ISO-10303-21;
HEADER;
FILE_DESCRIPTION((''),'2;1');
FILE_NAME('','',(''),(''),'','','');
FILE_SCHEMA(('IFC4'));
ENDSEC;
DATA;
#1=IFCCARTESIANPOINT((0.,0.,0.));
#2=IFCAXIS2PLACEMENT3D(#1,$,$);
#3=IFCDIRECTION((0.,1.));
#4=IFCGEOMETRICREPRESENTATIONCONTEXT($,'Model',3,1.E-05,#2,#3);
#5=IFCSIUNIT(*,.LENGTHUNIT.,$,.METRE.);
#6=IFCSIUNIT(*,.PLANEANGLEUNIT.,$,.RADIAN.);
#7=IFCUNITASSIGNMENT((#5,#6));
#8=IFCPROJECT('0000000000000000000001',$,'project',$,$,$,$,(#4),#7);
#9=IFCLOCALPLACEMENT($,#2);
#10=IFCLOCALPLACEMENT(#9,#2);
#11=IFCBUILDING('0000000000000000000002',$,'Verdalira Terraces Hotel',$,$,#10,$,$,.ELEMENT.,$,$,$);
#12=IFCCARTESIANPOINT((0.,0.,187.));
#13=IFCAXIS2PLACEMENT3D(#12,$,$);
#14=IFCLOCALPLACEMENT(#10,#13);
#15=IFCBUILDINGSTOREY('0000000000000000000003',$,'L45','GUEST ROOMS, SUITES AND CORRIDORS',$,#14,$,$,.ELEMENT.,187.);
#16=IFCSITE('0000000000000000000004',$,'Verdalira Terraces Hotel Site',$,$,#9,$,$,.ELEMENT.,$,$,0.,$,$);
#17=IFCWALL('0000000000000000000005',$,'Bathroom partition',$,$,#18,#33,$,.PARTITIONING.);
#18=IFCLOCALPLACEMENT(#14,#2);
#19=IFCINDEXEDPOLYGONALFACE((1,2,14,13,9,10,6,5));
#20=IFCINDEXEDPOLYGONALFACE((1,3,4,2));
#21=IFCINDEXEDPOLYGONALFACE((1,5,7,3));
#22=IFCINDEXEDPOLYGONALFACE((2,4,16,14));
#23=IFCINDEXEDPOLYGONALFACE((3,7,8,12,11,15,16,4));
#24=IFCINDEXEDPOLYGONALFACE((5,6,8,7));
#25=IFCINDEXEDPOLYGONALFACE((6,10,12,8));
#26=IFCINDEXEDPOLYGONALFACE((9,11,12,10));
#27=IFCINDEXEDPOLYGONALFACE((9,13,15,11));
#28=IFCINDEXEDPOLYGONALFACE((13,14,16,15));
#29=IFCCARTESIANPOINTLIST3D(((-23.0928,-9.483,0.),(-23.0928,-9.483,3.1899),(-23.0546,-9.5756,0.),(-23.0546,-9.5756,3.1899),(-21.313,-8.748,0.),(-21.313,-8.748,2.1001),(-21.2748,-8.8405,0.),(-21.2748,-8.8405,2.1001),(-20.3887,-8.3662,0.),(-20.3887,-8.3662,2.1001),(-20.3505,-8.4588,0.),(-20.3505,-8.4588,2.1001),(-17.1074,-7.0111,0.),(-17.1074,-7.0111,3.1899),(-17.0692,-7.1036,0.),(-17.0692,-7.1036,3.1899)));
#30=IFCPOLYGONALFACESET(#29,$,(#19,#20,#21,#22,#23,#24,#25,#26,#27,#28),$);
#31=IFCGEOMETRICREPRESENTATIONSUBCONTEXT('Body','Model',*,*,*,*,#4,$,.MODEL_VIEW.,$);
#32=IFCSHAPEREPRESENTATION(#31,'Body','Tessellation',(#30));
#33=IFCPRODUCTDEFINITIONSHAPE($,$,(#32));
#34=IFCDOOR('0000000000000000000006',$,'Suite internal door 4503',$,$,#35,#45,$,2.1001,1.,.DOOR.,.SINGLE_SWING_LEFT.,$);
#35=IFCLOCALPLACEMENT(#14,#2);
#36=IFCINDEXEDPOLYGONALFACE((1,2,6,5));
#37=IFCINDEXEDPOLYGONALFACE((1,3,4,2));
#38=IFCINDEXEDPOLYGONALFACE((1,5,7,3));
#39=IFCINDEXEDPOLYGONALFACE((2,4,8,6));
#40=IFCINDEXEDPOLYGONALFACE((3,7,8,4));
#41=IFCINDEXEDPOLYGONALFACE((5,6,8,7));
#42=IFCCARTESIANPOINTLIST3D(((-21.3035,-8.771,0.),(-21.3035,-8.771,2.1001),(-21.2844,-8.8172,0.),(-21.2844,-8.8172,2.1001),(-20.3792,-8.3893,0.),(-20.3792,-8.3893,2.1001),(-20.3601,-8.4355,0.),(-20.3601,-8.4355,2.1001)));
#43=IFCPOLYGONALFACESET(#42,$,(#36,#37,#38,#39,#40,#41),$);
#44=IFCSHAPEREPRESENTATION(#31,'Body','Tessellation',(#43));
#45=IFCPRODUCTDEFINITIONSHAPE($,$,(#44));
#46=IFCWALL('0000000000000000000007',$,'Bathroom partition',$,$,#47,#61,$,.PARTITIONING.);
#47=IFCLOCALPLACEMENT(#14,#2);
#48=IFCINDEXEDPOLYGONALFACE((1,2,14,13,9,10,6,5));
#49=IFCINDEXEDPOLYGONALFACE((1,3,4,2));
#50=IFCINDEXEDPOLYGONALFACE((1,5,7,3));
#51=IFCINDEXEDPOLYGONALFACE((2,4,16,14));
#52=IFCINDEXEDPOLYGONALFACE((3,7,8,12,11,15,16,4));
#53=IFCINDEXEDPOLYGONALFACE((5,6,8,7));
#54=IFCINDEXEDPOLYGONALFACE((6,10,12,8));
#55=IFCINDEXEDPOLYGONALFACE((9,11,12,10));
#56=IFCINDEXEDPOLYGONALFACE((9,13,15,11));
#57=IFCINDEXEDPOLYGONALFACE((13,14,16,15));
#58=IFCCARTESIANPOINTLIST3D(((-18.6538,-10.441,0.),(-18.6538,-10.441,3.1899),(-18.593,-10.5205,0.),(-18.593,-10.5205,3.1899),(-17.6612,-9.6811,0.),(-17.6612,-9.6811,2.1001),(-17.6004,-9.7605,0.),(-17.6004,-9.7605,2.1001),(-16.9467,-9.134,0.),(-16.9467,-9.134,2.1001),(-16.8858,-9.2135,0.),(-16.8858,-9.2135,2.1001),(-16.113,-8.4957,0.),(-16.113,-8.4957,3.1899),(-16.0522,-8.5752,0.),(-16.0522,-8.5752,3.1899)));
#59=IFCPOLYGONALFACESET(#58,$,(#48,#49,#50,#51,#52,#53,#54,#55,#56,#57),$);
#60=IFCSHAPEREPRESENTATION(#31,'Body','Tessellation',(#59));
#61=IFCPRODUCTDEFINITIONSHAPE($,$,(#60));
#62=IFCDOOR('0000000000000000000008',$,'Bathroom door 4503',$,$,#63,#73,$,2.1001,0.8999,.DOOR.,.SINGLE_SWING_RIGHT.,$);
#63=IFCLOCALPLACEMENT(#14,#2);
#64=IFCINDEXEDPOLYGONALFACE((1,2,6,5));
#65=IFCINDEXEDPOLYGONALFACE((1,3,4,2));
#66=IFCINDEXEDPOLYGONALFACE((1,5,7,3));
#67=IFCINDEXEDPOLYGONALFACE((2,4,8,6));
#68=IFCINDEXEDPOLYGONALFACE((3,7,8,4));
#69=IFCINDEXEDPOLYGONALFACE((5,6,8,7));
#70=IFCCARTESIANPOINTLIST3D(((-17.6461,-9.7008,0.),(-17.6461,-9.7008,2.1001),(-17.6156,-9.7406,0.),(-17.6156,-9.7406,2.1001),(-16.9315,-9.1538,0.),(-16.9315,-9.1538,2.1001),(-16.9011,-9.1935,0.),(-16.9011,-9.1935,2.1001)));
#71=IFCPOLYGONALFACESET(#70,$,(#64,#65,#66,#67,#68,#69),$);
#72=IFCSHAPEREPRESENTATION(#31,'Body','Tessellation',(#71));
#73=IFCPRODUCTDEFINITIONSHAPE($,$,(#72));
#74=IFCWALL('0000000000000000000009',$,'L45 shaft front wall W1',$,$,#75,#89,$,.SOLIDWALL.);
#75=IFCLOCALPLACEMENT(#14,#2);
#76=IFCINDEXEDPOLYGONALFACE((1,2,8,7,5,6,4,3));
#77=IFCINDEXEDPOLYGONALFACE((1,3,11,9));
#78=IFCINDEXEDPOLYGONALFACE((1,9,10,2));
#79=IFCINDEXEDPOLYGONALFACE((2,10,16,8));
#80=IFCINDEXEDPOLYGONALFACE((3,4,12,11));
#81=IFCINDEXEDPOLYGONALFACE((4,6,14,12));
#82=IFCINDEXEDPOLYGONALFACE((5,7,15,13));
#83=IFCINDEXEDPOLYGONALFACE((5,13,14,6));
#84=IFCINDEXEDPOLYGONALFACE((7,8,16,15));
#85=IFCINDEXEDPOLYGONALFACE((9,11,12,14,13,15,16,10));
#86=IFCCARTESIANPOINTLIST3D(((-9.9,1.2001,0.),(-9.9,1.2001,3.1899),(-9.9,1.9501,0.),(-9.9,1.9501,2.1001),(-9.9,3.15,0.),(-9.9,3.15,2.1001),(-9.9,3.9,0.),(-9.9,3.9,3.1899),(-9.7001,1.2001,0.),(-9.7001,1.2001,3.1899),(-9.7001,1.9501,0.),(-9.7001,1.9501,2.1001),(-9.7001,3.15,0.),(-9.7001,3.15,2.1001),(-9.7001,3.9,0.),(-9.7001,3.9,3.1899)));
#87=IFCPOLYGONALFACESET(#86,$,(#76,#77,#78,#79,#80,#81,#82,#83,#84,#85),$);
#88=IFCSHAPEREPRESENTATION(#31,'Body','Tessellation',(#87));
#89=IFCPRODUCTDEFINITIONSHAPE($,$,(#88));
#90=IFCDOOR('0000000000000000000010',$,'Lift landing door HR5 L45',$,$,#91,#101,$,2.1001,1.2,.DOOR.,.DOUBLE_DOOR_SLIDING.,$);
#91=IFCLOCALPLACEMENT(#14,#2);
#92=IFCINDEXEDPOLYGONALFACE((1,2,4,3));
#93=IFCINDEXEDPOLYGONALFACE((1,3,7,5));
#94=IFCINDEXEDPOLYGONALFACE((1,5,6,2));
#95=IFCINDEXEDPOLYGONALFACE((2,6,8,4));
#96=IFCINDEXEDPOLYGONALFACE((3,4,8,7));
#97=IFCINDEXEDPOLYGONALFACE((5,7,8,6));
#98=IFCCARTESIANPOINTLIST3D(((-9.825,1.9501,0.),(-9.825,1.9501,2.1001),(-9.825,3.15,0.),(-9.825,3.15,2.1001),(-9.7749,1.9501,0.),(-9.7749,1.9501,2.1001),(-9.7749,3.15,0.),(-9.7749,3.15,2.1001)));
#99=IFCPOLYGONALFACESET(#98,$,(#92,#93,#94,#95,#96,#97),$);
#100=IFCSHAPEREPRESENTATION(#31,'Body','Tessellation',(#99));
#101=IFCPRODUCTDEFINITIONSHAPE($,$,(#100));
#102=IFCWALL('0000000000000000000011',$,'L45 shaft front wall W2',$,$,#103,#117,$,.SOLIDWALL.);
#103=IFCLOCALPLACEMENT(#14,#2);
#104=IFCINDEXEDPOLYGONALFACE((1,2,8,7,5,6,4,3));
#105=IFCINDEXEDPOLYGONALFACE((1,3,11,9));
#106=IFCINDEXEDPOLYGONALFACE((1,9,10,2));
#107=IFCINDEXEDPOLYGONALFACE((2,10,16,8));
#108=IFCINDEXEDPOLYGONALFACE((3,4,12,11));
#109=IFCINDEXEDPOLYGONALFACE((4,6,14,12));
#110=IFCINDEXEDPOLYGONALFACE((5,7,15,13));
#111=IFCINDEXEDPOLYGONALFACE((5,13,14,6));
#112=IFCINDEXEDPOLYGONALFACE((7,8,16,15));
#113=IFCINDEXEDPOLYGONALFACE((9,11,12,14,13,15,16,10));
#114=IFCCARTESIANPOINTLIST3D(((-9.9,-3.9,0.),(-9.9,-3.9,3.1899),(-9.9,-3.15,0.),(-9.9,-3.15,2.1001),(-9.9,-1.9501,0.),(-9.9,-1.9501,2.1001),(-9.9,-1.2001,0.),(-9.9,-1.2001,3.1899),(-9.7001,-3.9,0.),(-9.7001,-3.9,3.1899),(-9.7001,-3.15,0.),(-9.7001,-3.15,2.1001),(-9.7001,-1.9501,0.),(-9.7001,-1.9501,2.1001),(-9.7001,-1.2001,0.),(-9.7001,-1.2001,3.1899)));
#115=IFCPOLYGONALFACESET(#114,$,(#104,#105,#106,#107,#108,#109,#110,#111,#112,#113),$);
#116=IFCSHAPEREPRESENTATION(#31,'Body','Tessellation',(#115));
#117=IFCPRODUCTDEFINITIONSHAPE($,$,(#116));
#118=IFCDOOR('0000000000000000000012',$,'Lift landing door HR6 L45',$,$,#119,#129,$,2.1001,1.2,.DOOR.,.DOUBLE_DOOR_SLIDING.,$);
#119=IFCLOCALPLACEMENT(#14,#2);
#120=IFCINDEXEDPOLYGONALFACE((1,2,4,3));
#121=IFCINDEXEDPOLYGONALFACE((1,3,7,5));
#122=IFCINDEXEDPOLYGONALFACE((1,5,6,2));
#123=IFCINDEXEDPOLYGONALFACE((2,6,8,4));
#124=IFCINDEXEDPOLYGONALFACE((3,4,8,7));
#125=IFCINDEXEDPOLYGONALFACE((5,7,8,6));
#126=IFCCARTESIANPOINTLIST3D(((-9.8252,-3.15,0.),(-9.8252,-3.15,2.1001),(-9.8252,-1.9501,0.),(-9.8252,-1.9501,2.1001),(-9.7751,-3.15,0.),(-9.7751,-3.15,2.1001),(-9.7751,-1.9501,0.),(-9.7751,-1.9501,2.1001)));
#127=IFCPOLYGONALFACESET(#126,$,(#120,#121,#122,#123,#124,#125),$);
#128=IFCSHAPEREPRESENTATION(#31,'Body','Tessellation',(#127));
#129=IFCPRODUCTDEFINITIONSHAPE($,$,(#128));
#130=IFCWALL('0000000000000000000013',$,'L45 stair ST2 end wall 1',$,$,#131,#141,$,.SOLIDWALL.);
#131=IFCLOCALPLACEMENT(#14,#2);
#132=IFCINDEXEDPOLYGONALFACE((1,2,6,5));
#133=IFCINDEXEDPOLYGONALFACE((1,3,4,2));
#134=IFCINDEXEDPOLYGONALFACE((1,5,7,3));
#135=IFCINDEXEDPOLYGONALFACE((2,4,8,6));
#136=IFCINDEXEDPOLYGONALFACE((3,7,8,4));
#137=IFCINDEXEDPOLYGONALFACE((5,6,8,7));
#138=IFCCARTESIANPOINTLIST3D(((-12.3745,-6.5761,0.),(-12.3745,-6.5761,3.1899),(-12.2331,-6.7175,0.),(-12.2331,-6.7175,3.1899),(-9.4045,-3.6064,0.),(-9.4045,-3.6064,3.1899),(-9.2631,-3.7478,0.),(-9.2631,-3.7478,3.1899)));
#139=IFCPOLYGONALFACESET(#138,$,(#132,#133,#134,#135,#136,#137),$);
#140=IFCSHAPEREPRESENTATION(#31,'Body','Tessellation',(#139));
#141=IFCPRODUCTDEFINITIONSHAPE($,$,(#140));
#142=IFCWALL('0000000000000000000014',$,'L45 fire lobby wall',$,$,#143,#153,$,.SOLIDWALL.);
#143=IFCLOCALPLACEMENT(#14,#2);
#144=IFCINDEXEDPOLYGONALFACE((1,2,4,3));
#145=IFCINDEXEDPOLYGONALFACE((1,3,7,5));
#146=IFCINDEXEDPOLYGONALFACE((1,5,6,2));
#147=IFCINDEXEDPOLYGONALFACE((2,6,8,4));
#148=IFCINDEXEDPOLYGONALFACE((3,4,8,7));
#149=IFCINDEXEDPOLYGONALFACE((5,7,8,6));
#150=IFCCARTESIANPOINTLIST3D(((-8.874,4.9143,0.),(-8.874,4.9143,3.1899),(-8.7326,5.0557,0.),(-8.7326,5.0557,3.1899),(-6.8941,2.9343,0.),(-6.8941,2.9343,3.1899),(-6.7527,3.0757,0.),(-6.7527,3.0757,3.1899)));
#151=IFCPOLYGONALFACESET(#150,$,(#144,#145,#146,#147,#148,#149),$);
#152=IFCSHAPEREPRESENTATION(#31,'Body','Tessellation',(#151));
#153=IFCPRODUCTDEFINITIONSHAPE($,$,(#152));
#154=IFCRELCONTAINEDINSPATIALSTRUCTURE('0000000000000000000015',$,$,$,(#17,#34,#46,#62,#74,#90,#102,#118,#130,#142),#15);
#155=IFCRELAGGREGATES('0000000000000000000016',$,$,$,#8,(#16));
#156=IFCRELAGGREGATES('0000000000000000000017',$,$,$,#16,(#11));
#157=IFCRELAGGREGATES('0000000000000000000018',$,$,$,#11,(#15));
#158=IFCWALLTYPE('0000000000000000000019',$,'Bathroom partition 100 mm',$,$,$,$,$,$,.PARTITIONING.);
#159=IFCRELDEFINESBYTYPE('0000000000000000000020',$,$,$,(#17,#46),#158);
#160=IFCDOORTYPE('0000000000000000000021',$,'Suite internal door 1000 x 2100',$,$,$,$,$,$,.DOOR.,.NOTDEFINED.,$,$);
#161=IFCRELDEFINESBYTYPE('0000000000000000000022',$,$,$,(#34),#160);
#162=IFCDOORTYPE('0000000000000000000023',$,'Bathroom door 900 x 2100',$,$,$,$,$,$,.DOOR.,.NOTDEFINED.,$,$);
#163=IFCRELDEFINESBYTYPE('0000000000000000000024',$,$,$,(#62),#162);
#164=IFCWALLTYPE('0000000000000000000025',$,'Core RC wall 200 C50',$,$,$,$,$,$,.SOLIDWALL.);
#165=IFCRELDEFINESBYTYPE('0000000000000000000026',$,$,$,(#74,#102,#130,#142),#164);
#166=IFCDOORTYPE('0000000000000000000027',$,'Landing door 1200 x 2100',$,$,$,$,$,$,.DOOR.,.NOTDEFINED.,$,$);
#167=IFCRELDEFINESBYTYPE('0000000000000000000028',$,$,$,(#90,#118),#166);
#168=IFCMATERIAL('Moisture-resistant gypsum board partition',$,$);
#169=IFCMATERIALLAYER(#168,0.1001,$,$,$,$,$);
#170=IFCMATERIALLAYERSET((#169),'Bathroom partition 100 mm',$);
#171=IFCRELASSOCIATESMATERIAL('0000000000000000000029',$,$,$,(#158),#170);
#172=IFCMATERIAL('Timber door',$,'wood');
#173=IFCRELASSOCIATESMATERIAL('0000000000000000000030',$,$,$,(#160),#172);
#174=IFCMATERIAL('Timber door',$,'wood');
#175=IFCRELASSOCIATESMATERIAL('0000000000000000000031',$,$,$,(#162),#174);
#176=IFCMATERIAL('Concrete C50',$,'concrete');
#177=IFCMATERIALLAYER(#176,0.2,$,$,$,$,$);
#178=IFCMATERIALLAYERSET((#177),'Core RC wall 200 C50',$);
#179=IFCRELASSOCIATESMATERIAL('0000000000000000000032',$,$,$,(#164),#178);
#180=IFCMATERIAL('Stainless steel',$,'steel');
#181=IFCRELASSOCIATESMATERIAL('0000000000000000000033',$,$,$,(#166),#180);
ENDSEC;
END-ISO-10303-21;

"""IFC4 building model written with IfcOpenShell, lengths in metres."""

from ifc_helpers import new_model, si_unit, direction, frame, frame_2d, origin, place, context, subcontext, project, spatial, rectangle, extrude, material, layer, layer_set, type_object, element, fill, save


model = new_model("IFC4")

# Units and contexts
model_context = context("Model", 3, precision=1e-05, world=origin(), true_north=direction((0.0, 1.0)))
body_context = subcontext(model_context, "Body", "Model", "MODEL_VIEW")
ifc_project = project(units=[si_unit("LENGTHUNIT", "METRE"), si_unit("PLANEANGLEUNIT", "RADIAN")], contexts=[model_context])

# Site, building, storey
site_placement = place(None, origin())
site = spatial("IfcSite", under=ifc_project, at=site_placement, Name="Verdalira Terraces Hotel Site", CompositionType="ELEMENT", RefElevation=0.0)
building_placement = place(site_placement, origin())
building = spatial("IfcBuilding", under=site, at=building_placement, Name="Verdalira Terraces Hotel", CompositionType="ELEMENT")
storey_placement = place(building_placement, frame((0.0, 0.0, 187.0)))
storey = spatial("IfcBuildingStorey", under=building, at=storey_placement, Name="L45", Description="GUEST ROOMS, SUITES AND CORRIDORS", CompositionType="ELEMENT", Elevation=187.0)

# Walls, openings, doors
ifc_material_1 = material(Name="Moisture-resistant gypsum board partition")
ifc_layer_1 = layer(ifc_material_1, 0.1001)
ifc_layer_set_1 = layer_set([ifc_layer_1], Name="Bathroom partition 100 mm")
wall_type_1 = type_object("IfcWallType", Name="Bathroom partition 100 mm", PredefinedType="PARTITIONING", material=ifc_layer_set_1)
wall_1_placement = place(storey_placement, frame((-17.0884, -7.0574, 0.0), z_axis=(0.0, 0.0, 1.0), x_axis=(-0.924277, -0.381722, 0.0)))
wall_1 = element("IfcWall", 1, at=wall_1_placement, inside=storey, type_object=wall_type_1, Name="Bathroom partition", PredefinedType="PARTITIONING", context=body_context, shape_type="SweptSolid", body=[
    extrude(rectangle(XDim=6.4758, YDim=0.1001, at=frame_2d((3.2378, 0.0))), origin(), (0.0, 0.0, 1.0), 3.1899),
])
opening_1_placement = place(wall_1_placement, frame((3.55, 0.0, 0.0)))
opening_1 = element("IfcOpeningElement", 2, at=opening_1_placement, cuts=wall_1, PredefinedType="OPENING", context=body_context, shape_type="SweptSolid", body=[
    extrude(rectangle(XDim=1.0, YDim=2.1001, at=frame_2d((0.5, 1.05))), frame((0.0, 0.0601, 0.0), z_axis=(0.0, -1.0, 0.0), x_axis=(1.0, 0.0, 0.0)), (0.0, 0.0, 1.0), 0.1201),
])
ifc_material_2 = material(Name="Timber door", Category="wood")
door_type_1 = type_object("IfcDoorType", Name="Suite internal door 1000 x 2100", OperationType="NOTDEFINED", PredefinedType="DOOR", material=ifc_material_2)
door_1_placement = place(opening_1_placement, origin())
door_1 = element("IfcDoor", 3, at=door_1_placement, inside=storey, type_object=door_type_1, Name="Suite internal door 4503", OperationType="SINGLE_SWING_LEFT", OverallHeight=2.1001, OverallWidth=1.0, PredefinedType="DOOR", context=body_context, shape_type="SweptSolid", body=[
    extrude(rectangle(XDim=1.0, YDim=2.1001, at=frame_2d((0.5, 1.05))), frame((0.0, 0.0249, 0.0), z_axis=(0.0, -1.0, 0.0), x_axis=(1.0, 0.0, 0.0)), (0.0, 0.0, 1.0), 0.05),
])
fill(opening_1, door_1)
wall_2_placement = place(storey_placement, frame((-16.0825, -8.5354, 0.0), z_axis=(0.0, 0.0, 1.0), x_axis=(-0.794, -0.607917, 0.0)))
wall_2 = element("IfcWall", 4, at=wall_2_placement, inside=storey, type_object=wall_type_1, Name="Bathroom partition", PredefinedType="PARTITIONING", context=body_context, shape_type="SweptSolid", body=[
    extrude(rectangle(XDim=3.2, YDim=0.1001, at=frame_2d((1.6001, 0.0))), origin(), (0.0, 0.0, 1.0), 3.1899),
])
opening_2_placement = place(wall_2_placement, frame((1.05, 0.0, 0.0)))
opening_2 = element("IfcOpeningElement", 5, at=opening_2_placement, cuts=wall_2, PredefinedType="OPENING", context=body_context, shape_type="SweptSolid", body=[
    extrude(rectangle(XDim=0.8999, YDim=2.1001, at=frame_2d((0.45, 1.05))), frame((0.0, 0.0601, 0.0), z_axis=(0.0, -1.0, 0.0), x_axis=(1.0, 0.0, 0.0)), (0.0, 0.0, 1.0), 0.1201),
])
ifc_material_3 = material(Name="Timber door", Category="wood")
door_type_2 = type_object("IfcDoorType", Name="Bathroom door 900 x 2100", OperationType="NOTDEFINED", PredefinedType="DOOR", material=ifc_material_3)
door_2_placement = place(opening_2_placement, origin())
door_2 = element("IfcDoor", 6, at=door_2_placement, inside=storey, type_object=door_type_2, Name="Bathroom door 4503", OperationType="SINGLE_SWING_RIGHT", OverallHeight=2.1001, OverallWidth=0.8999, PredefinedType="DOOR", context=body_context, shape_type="SweptSolid", body=[
    extrude(rectangle(XDim=0.8999, YDim=2.1001, at=frame_2d((0.45, 1.05))), frame((0.0, 0.0249, 0.0), z_axis=(0.0, -1.0, 0.0), x_axis=(1.0, 0.0, 0.0)), (0.0, 0.0, 1.0), 0.05),
])
fill(opening_2, door_2)
ifc_material_4 = material(Name="Concrete C50", Category="concrete")
ifc_layer_2 = layer(ifc_material_4, 0.2)
ifc_layer_set_2 = layer_set([ifc_layer_2], Name="Core RC wall 200 C50")
wall_type_2 = type_object("IfcWallType", Name="Core RC wall 200 C50", PredefinedType="SOLIDWALL", material=ifc_layer_set_2)
wall_3_placement = place(storey_placement, frame((-9.8, 1.2, 0.0), z_axis=(0.0, 0.0, 1.0), x_axis=(0.0, 1.0, 0.0)))
wall_3 = element("IfcWall", 7, at=wall_3_placement, inside=storey, type_object=wall_type_2, Name="L45 shaft front wall W1", PredefinedType="SOLIDWALL", context=body_context, shape_type="SweptSolid", body=[
    extrude(rectangle(XDim=2.7, YDim=0.2, at=frame_2d((1.3501, 0.0))), origin(), (0.0, 0.0, 1.0), 3.1899),
])
opening_3_placement = place(wall_3_placement, frame((0.75, 0.0, 0.0)))
opening_3 = element("IfcOpeningElement", 8, at=opening_3_placement, cuts=wall_3, PredefinedType="OPENING", context=body_context, shape_type="SweptSolid", body=[
    extrude(rectangle(XDim=1.2, YDim=2.1001, at=frame_2d((0.6001, 1.05))), frame((0.0, 0.1099, 0.0), z_axis=(0.0, -1.0, 0.0), x_axis=(1.0, 0.0, 0.0)), (0.0, 0.0, 1.0), 0.22),
])
ifc_material_5 = material(Name="Stainless steel", Category="steel")
door_type_3 = type_object("IfcDoorType", Name="Landing door 1200 x 2100", OperationType="NOTDEFINED", PredefinedType="DOOR", material=ifc_material_5)
door_3_placement = place(opening_3_placement, origin())
door_3 = element("IfcDoor", 9, at=door_3_placement, inside=storey, type_object=door_type_3, Name="Lift landing door HR5 L45", OperationType="DOUBLE_DOOR_SLIDING", OverallHeight=2.1001, OverallWidth=1.2, PredefinedType="DOOR", context=body_context, shape_type="SweptSolid", body=[
    extrude(rectangle(XDim=1.2, YDim=2.1001, at=frame_2d((0.6001, 1.05))), frame((0.0, 0.0249, 0.0), z_axis=(0.0, -1.0, 0.0), x_axis=(1.0, 0.0, 0.0)), (0.0, 0.0, 1.0), 0.05),
])
fill(opening_3, door_3)
wall_4_placement = place(storey_placement, frame((-9.8, -1.2, 0.0), z_axis=(0.0, 0.0, 1.0), x_axis=(0.0, -1.0, 0.0)))
wall_4 = element("IfcWall", 10, at=wall_4_placement, inside=storey, type_object=wall_type_2, Name="L45 shaft front wall W2", PredefinedType="SOLIDWALL", context=body_context, shape_type="SweptSolid", body=[
    extrude(rectangle(XDim=2.7, YDim=0.2, at=frame_2d((1.3501, 0.0))), origin(), (0.0, 0.0, 1.0), 3.1899),
])
opening_4_placement = place(wall_4_placement, frame((0.75, 0.0, 0.0)))
opening_4 = element("IfcOpeningElement", 11, at=opening_4_placement, cuts=wall_4, PredefinedType="OPENING", context=body_context, shape_type="SweptSolid", body=[
    extrude(rectangle(XDim=1.2, YDim=2.1001, at=frame_2d((0.6001, 1.05))), frame((0.0, 0.1099, 0.0), z_axis=(0.0, -1.0, 0.0), x_axis=(1.0, 0.0, 0.0)), (0.0, 0.0, 1.0), 0.22),
])
door_4_placement = place(opening_4_placement, origin())
door_4 = element("IfcDoor", 12, at=door_4_placement, inside=storey, type_object=door_type_3, Name="Lift landing door HR6 L45", OperationType="DOUBLE_DOOR_SLIDING", OverallHeight=2.1001, OverallWidth=1.2, PredefinedType="DOOR", context=body_context, shape_type="SweptSolid", body=[
    extrude(rectangle(XDim=1.2, YDim=2.1001, at=frame_2d((0.6001, 1.05))), frame((0.0, 0.0249, 0.0), z_axis=(0.0, -1.0, 0.0), x_axis=(1.0, 0.0, 0.0)), (0.0, 0.0, 1.0), 0.05),
])
fill(opening_4, door_4)

# Walls
wall_5_placement = place(storey_placement, frame((-9.3337, -3.677, 0.0), z_axis=(0.0, 0.0, 1.0), x_axis=(-0.707136, -0.707078, 0.0)))
element("IfcWall", 13, at=wall_5_placement, inside=storey, type_object=wall_type_2, Name="L45 stair ST2 end wall 1", PredefinedType="SOLIDWALL", context=body_context, shape_type="SweptSolid", body=[
    extrude(rectangle(XDim=4.2, YDim=0.2, at=frame_2d((2.1001, 0.0))), origin(), (0.0, 0.0, 1.0), 3.1899),
])
wall_6_placement = place(storey_placement, frame((-6.8235, 3.0051, 0.0), z_axis=(0.0, 0.0, 1.0), x_axis=(-0.707107, 0.707107, 0.0)))
element("IfcWall", 14, at=wall_6_placement, inside=storey, type_object=wall_type_2, Name="L45 fire lobby wall", PredefinedType="SOLIDWALL", context=body_context, shape_type="SweptSolid", body=[
    extrude(rectangle(XDim=2.8, YDim=0.2, at=frame_2d((1.3999, 0.0))), origin(), (0.0, 0.0, 1.0), 3.1899),
])

save(model, "model.ifc")
